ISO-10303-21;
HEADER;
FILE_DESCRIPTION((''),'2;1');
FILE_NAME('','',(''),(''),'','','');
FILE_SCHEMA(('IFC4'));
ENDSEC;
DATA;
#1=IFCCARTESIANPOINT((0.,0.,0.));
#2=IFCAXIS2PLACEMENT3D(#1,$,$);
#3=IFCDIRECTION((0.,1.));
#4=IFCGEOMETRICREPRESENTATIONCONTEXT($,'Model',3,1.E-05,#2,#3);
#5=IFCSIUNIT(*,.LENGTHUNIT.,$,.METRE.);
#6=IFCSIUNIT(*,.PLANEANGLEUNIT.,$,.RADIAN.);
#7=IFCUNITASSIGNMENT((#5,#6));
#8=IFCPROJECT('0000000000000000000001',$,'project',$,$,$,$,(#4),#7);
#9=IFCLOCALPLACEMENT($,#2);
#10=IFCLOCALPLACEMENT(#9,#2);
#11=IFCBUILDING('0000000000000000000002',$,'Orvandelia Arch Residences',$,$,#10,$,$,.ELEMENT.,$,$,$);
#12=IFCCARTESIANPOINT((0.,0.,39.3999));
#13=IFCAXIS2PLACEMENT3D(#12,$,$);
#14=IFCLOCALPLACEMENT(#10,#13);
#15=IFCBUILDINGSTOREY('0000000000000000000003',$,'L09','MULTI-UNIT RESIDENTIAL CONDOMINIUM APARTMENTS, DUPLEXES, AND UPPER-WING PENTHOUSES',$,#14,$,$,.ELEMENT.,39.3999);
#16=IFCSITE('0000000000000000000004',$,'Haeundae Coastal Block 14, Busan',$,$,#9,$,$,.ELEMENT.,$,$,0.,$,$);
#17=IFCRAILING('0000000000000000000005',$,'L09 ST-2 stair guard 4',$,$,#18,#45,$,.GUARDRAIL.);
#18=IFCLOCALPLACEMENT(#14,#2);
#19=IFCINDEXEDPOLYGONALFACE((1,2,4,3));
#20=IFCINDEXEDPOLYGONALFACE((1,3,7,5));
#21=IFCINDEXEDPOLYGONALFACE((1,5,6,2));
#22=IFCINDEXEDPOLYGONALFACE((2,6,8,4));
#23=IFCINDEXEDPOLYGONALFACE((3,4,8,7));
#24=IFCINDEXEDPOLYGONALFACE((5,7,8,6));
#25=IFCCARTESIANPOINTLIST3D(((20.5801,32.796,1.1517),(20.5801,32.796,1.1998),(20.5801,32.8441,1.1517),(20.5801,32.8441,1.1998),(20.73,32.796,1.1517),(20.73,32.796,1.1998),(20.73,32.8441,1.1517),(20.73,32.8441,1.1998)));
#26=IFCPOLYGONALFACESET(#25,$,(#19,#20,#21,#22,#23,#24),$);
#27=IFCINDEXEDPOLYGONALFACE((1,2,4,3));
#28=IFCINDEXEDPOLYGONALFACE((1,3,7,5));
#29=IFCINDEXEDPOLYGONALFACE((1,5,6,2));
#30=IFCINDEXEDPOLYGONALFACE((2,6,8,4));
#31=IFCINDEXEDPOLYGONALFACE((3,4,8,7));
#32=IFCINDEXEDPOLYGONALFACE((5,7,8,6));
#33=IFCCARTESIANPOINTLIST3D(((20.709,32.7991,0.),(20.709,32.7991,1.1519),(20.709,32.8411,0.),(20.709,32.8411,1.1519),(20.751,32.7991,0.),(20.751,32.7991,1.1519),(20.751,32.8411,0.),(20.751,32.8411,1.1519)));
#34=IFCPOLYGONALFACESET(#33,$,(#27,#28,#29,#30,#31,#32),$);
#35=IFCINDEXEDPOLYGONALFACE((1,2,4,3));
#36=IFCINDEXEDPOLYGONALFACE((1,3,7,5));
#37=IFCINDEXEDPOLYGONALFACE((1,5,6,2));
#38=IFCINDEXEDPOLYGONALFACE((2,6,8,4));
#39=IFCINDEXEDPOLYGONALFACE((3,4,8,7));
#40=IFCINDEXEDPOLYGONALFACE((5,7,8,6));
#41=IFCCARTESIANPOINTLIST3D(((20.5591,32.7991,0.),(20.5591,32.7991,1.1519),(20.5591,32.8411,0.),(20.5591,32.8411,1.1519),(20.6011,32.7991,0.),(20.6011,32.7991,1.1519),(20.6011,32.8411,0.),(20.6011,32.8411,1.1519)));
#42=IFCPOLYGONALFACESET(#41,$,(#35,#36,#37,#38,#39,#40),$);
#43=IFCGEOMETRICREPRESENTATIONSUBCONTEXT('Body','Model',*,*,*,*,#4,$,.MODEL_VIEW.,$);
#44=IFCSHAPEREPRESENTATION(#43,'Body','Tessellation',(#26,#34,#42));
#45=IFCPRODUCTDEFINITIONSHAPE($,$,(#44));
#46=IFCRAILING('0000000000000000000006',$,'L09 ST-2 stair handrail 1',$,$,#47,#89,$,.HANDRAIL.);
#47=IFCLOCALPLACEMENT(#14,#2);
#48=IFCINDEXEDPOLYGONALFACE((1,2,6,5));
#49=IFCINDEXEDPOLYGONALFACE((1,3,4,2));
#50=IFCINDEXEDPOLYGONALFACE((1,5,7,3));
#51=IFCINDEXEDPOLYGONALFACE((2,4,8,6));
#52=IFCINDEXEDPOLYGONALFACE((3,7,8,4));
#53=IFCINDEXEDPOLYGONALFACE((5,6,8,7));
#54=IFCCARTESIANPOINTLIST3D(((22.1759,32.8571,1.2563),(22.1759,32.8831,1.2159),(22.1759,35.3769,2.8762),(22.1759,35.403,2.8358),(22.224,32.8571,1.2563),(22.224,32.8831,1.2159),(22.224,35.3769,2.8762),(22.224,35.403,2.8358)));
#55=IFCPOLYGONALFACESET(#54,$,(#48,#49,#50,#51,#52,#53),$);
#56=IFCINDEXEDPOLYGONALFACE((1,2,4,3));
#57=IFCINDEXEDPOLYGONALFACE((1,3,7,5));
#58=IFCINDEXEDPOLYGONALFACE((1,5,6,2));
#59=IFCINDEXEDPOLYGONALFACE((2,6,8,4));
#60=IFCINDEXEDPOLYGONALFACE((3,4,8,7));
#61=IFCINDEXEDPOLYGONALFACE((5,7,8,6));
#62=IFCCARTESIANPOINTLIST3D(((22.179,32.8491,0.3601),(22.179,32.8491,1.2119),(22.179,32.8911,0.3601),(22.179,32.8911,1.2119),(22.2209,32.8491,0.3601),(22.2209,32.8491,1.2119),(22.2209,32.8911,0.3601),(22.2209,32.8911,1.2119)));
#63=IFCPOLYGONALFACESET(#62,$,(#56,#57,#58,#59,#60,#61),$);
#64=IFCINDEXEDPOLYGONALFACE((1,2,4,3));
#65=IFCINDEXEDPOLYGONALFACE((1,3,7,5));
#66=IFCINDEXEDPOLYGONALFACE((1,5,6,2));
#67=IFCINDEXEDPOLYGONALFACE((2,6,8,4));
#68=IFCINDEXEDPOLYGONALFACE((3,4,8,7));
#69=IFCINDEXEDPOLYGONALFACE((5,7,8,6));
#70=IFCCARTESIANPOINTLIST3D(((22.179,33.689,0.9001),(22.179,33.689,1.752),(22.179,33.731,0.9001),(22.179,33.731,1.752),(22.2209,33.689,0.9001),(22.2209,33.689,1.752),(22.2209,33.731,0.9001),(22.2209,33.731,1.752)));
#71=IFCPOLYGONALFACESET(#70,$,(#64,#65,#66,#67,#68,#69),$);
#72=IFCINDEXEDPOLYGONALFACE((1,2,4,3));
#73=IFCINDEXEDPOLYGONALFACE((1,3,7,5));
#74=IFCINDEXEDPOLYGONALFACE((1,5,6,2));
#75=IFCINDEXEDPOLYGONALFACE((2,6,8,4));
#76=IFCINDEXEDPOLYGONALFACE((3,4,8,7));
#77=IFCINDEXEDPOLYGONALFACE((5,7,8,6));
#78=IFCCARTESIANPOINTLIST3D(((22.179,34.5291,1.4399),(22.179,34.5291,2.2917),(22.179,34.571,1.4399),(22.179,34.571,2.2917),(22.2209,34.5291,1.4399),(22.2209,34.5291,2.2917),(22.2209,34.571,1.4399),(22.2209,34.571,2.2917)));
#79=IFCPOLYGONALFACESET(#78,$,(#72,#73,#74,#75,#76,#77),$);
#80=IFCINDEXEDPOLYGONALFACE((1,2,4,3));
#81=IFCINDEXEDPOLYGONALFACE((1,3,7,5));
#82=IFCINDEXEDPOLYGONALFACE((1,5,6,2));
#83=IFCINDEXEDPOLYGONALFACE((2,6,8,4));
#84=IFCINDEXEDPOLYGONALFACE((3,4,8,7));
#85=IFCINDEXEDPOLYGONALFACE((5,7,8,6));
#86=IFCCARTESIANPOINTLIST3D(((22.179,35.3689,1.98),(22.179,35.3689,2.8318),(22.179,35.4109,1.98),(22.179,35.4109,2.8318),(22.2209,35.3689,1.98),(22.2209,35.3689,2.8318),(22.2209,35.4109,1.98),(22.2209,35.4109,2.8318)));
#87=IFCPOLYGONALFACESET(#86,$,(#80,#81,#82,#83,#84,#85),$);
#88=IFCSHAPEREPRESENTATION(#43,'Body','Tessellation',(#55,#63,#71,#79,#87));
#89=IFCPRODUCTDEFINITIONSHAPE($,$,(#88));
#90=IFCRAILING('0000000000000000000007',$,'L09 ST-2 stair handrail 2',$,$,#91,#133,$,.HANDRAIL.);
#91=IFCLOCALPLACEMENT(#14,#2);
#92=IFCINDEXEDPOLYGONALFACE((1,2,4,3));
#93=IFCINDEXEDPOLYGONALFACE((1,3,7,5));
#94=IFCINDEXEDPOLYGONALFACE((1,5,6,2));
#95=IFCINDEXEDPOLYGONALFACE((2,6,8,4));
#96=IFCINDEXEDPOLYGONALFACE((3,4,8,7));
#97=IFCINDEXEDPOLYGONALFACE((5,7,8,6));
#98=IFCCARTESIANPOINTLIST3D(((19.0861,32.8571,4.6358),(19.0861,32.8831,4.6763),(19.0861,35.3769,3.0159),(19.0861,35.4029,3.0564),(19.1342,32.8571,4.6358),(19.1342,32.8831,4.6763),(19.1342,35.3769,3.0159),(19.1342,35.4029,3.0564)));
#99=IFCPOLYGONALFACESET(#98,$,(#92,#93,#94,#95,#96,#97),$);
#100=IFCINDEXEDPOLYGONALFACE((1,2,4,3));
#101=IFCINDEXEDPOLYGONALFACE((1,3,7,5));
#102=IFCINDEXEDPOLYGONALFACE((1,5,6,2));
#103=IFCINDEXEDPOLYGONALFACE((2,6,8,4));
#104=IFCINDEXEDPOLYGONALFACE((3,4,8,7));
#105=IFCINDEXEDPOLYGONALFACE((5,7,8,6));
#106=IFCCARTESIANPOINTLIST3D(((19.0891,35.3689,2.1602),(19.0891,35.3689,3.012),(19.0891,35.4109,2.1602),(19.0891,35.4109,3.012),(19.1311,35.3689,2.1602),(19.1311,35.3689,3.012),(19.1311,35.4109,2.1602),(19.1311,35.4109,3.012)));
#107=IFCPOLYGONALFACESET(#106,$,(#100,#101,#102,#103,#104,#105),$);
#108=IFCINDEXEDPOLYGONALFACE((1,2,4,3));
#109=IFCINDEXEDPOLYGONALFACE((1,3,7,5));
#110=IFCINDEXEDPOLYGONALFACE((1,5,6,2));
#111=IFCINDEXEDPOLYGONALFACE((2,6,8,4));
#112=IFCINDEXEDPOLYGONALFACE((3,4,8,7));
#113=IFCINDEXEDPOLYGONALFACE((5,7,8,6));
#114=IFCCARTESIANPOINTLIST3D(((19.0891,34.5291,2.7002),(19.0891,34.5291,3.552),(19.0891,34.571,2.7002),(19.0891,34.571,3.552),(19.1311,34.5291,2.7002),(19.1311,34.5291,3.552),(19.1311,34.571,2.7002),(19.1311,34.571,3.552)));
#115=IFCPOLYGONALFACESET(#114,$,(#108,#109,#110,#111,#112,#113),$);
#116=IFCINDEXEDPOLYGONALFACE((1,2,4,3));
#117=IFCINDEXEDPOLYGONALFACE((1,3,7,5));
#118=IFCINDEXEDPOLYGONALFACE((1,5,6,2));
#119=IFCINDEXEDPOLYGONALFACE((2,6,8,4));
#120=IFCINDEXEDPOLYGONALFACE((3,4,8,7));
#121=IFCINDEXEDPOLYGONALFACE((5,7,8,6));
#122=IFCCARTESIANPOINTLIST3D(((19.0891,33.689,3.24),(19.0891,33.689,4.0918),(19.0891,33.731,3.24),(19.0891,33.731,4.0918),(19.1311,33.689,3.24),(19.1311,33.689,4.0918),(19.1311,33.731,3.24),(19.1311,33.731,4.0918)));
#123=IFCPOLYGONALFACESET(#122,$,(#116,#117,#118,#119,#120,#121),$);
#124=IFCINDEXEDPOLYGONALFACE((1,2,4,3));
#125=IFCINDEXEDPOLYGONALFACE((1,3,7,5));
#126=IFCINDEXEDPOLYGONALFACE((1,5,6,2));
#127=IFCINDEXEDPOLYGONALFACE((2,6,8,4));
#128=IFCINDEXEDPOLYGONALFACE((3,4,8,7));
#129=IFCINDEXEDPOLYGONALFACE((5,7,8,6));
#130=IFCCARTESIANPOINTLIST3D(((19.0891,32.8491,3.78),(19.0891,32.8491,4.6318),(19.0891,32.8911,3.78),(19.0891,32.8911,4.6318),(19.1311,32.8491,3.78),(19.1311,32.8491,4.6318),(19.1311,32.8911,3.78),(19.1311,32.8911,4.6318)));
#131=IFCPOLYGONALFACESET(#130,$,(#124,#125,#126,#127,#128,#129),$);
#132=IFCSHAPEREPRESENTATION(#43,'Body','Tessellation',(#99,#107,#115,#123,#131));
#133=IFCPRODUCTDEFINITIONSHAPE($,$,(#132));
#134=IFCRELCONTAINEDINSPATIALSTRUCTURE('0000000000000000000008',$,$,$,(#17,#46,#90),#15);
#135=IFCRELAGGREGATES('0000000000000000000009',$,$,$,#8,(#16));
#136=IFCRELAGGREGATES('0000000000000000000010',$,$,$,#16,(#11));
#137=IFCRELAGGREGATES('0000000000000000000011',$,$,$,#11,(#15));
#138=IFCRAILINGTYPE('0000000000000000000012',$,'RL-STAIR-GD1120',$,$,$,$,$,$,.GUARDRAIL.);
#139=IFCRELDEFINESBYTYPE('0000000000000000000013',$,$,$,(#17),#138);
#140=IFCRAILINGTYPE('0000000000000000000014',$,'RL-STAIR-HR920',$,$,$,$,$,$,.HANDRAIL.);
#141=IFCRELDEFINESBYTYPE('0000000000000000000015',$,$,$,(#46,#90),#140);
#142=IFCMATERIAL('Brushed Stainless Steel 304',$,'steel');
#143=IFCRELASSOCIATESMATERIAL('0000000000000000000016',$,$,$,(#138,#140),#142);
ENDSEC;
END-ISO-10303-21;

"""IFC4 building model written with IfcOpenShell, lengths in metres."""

from ifc_helpers import new_model, si_unit, direction, frame, origin, origin_2d, place, context, subcontext, project, spatial, rectangle, extrude, material, type_object, element, save


model = new_model("IFC4")

# Units and contexts
model_context = context("Model", 3, precision=1e-05, world=origin(), true_north=direction((0.0, 1.0)))
body_context = subcontext(model_context, "Body", "Model", "MODEL_VIEW")
ifc_project = project(units=[si_unit("LENGTHUNIT", "METRE"), si_unit("PLANEANGLEUNIT", "RADIAN")], contexts=[model_context])

# Site, building, storey
site_placement = place(None, origin())
site = spatial("IfcSite", under=ifc_project, at=site_placement, Name="Haeundae Coastal Block 14, Busan", CompositionType="ELEMENT", RefElevation=0.0)
building_placement = place(site_placement, origin())
building = spatial("IfcBuilding", under=site, at=building_placement, Name="Orvandelia Arch Residences", CompositionType="ELEMENT")
storey_placement = place(building_placement, frame((0.0, 0.0, 39.3999)))
storey = spatial("IfcBuildingStorey", under=building, at=storey_placement, Name="L09", Description="MULTI-UNIT RESIDENTIAL CONDOMINIUM APARTMENTS, DUPLEXES, AND UPPER-WING PENTHOUSES", CompositionType="ELEMENT", Elevation=39.3999)

# Railings
ifc_material_1 = material(Name="Brushed Stainless Steel 304", Category="steel")
railing_type_1 = type_object("IfcRailingType", Name="RL-STAIR-GD1120", PredefinedType="GUARDRAIL", material=ifc_material_1)
railing_1_placement = place(storey_placement, frame((20.73, 32.8201, 0.0)))
element("IfcRailing", 1, at=railing_1_placement, inside=storey, type_object=railing_type_1, Name="L09 ST-2 stair guard 4", PredefinedType="GUARDRAIL", context=body_context, shape_type="SweptSolid", body=[
    extrude(rectangle(XDim=0.0481, YDim=0.0481, at=origin_2d()), frame((0.0, 0.0, 1.1758), z_axis=(-1.0, 0.0, 0.0), x_axis=(0.0, -1.0, 0.0)), (0.0, 0.0, 1.0), 0.1499),
    extrude(rectangle(XDim=0.042, YDim=0.042, at=origin_2d()), origin(), (0.0, 0.0, 1.0), 1.1519),
    extrude(rectangle(XDim=0.042, YDim=0.042, at=origin_2d()), frame((-0.1499, 0.0, 0.0)), (0.0, 0.0, 1.0), 1.1519),
])
railing_type_2 = type_object("IfcRailingType", Name="RL-STAIR-HR920", PredefinedType="HANDRAIL", material=ifc_material_1)
railing_2_placement = place(storey_placement, frame((22.2, 32.8701, 0.3601)))
element("IfcRailing", 2, at=railing_2_placement, inside=storey, type_object=railing_type_2, Name="L09 ST-2 stair handrail 1", PredefinedType="HANDRAIL", context=body_context, shape_type="SweptSolid", body=[
    extrude(rectangle(XDim=0.0481, YDim=0.0481, at=origin_2d()), frame((0.0, 0.0, 0.876), z_axis=(0.0, 0.841176, 0.540762), x_axis=(-1.0, 0.0, 0.0)), (0.0, 0.0, 1.0), 2.9956),
    extrude(rectangle(XDim=0.042, YDim=0.042, at=origin_2d()), origin(), (0.0, 0.0, 1.0), 0.8518),
    extrude(rectangle(XDim=0.042, YDim=0.042, at=origin_2d()), frame((0.0, 0.8398, 0.54)), (0.0, 0.0, 1.0), 0.8518),
    extrude(rectangle(XDim=0.042, YDim=0.042, at=origin_2d()), frame((0.0, 1.6799, 1.0798)), (0.0, 0.0, 1.0), 0.8518),
    extrude(rectangle(XDim=0.042, YDim=0.042, at=origin_2d()), frame((0.0, 2.5198, 1.6199)), (0.0, 0.0, 1.0), 0.8518),
])
railing_3_placement = place(storey_placement, frame((19.1101, 35.3899, 2.1602)))
element("IfcRailing", 3, at=railing_3_placement, inside=storey, type_object=railing_type_2, Name="L09 ST-2 stair handrail 2", PredefinedType="HANDRAIL", context=body_context, shape_type="SweptSolid", body=[
    extrude(rectangle(XDim=0.0481, YDim=0.0481, at=origin_2d()), frame((0.0, 0.0, 0.876), z_axis=(0.0, -0.841176, 0.540762), x_axis=(1.0, 0.0, 0.0)), (0.0, 0.0, 1.0), 2.9956),
    extrude(rectangle(XDim=0.042, YDim=0.042, at=origin_2d()), origin(), (0.0, 0.0, 1.0), 0.8518),
    extrude(rectangle(XDim=0.042, YDim=0.042, at=origin_2d()), frame((0.0, -0.8398, 0.54)), (0.0, 0.0, 1.0), 0.8518),
    extrude(rectangle(XDim=0.042, YDim=0.042, at=origin_2d()), frame((0.0, -1.6799, 1.0798)), (0.0, 0.0, 1.0), 0.8518),
    extrude(rectangle(XDim=0.042, YDim=0.042, at=origin_2d()), frame((0.0, -2.5198, 1.6199)), (0.0, 0.0, 1.0), 0.8518),
])

save(model, "model.ifc")
